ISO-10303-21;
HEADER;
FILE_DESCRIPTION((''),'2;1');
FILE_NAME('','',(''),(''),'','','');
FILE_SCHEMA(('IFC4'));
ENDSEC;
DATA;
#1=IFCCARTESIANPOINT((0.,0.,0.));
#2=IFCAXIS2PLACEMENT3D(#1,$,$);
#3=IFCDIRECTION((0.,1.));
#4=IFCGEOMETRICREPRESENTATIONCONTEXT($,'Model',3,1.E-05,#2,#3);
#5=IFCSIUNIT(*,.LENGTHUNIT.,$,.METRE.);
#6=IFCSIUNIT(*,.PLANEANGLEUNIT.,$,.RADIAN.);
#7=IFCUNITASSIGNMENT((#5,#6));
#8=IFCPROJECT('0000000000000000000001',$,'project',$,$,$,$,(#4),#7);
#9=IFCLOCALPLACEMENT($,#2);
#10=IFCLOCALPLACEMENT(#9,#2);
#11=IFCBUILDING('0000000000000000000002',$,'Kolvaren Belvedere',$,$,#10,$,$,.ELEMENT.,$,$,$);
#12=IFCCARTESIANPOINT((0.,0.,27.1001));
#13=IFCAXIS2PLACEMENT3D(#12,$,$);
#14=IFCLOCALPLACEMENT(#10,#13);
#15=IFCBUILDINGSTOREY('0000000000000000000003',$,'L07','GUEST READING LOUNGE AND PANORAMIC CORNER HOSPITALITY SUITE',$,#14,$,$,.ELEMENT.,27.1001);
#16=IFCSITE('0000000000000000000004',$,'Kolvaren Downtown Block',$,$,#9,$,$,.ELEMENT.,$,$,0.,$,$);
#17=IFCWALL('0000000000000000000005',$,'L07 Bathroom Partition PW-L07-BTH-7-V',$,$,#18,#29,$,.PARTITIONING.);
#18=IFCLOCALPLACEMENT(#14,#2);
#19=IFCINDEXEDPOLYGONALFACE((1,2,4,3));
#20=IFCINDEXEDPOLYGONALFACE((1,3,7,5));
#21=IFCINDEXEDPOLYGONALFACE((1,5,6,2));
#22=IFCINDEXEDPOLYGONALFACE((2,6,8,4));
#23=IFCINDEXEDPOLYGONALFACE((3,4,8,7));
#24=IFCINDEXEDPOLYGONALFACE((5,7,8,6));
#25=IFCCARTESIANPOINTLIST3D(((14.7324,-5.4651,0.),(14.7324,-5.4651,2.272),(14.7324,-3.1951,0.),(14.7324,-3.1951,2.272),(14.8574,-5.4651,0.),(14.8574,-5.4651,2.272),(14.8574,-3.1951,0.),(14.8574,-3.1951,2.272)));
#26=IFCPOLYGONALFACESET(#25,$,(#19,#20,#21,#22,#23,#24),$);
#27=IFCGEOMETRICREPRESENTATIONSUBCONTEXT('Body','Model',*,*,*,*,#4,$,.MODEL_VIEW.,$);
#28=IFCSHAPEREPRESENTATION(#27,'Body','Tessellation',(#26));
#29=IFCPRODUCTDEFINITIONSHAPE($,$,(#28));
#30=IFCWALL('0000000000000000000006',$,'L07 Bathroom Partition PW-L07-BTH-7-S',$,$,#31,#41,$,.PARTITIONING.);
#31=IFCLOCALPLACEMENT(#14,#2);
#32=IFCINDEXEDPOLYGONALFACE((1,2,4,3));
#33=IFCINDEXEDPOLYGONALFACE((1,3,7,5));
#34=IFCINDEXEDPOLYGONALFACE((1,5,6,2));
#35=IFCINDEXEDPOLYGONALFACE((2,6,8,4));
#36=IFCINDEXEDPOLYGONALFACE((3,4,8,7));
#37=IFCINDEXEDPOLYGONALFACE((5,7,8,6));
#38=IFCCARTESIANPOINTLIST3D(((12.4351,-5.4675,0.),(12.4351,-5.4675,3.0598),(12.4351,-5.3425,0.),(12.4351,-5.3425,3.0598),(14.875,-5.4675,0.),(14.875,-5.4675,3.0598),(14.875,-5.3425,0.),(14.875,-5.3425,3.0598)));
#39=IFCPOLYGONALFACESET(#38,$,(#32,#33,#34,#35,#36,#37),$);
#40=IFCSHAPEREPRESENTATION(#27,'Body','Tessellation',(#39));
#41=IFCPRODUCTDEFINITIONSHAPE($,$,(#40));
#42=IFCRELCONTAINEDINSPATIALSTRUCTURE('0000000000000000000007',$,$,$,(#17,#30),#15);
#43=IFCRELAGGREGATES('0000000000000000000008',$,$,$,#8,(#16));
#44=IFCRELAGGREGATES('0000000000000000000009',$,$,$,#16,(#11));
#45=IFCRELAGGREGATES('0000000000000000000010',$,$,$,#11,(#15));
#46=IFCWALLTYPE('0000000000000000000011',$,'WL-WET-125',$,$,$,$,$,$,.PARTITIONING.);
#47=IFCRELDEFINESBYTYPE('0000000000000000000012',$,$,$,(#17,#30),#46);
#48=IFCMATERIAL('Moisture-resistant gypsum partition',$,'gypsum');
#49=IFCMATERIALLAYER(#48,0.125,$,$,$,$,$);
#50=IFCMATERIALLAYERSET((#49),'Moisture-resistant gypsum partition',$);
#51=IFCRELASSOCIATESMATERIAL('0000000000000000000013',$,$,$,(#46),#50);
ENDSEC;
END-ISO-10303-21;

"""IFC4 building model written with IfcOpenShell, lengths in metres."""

from ifc_helpers import new_model, si_unit, direction, frame, frame_2d, origin, place, context, subcontext, project, spatial, rectangle, extrude, material, layer, layer_set, type_object, element, save


model = new_model("IFC4")

# Units and contexts
model_context = context("Model", 3, precision=1e-05, world=origin(), true_north=direction((0.0, 1.0)))
body_context = subcontext(model_context, "Body", "Model", "MODEL_VIEW")
ifc_project = project(units=[si_unit("LENGTHUNIT", "METRE"), si_unit("PLANEANGLEUNIT", "RADIAN")], contexts=[model_context])

# Site, building, storey
site_placement = place(None, origin())
site = spatial("IfcSite", under=ifc_project, at=site_placement, Name="Kolvaren Downtown Block", CompositionType="ELEMENT", RefElevation=0.0)
building_placement = place(site_placement, origin())
building = spatial("IfcBuilding", under=site, at=building_placement, Name="Kolvaren Belvedere", CompositionType="ELEMENT")
storey_placement = place(building_placement, frame((0.0, 0.0, 27.1001)))
storey = spatial("IfcBuildingStorey", under=building, at=storey_placement, Name="L07", Description="GUEST READING LOUNGE AND PANORAMIC CORNER HOSPITALITY SUITE", CompositionType="ELEMENT", Elevation=27.1001)

# Shared definitions
ifc_material_1 = material(Name="Moisture-resistant gypsum partition", Category="gypsum")
ifc_layer_1 = layer(ifc_material_1, 0.125)
ifc_layer_set_1 = layer_set([ifc_layer_1], Name="Moisture-resistant gypsum partition")
wall_type_1 = type_object("IfcWallType", Name="WL-WET-125", PredefinedType="PARTITIONING", material=ifc_layer_set_1)

# Walls
wall_1_placement = place(storey_placement, frame((14.7949, -5.4651, 0.0), z_axis=(0.0, 0.0, 1.0), x_axis=(0.0, 1.0, 0.0)))
element("IfcWall", 1, at=wall_1_placement, inside=storey, type_object=wall_type_1, Name="L07 Bathroom Partition PW-L07-BTH-7-V", PredefinedType="PARTITIONING", context=body_context, shape_type="SweptSolid", body=[
    extrude(rectangle(XDim=2.27, YDim=0.125, at=frame_2d((1.135, 0.0))), origin(), (0.0, 0.0, 1.0), 2.272),
])
wall_2_placement = place(storey_placement, frame((12.4351, -5.405, 0.0), z_axis=(0.0, 0.0, 1.0), x_axis=(1.0, 0.0, 0.0)))
element("IfcWall", 2, at=wall_2_placement, inside=storey, type_object=wall_type_1, Name="L07 Bathroom Partition PW-L07-BTH-7-S", PredefinedType="PARTITIONING", context=body_context, shape_type="SweptSolid", body=[
    extrude(rectangle(XDim=2.4399, YDim=0.125, at=frame_2d((1.22, 0.0))), origin(), (0.0, 0.0, 1.0), 3.0598),
])

save(model, "model.ifc")
